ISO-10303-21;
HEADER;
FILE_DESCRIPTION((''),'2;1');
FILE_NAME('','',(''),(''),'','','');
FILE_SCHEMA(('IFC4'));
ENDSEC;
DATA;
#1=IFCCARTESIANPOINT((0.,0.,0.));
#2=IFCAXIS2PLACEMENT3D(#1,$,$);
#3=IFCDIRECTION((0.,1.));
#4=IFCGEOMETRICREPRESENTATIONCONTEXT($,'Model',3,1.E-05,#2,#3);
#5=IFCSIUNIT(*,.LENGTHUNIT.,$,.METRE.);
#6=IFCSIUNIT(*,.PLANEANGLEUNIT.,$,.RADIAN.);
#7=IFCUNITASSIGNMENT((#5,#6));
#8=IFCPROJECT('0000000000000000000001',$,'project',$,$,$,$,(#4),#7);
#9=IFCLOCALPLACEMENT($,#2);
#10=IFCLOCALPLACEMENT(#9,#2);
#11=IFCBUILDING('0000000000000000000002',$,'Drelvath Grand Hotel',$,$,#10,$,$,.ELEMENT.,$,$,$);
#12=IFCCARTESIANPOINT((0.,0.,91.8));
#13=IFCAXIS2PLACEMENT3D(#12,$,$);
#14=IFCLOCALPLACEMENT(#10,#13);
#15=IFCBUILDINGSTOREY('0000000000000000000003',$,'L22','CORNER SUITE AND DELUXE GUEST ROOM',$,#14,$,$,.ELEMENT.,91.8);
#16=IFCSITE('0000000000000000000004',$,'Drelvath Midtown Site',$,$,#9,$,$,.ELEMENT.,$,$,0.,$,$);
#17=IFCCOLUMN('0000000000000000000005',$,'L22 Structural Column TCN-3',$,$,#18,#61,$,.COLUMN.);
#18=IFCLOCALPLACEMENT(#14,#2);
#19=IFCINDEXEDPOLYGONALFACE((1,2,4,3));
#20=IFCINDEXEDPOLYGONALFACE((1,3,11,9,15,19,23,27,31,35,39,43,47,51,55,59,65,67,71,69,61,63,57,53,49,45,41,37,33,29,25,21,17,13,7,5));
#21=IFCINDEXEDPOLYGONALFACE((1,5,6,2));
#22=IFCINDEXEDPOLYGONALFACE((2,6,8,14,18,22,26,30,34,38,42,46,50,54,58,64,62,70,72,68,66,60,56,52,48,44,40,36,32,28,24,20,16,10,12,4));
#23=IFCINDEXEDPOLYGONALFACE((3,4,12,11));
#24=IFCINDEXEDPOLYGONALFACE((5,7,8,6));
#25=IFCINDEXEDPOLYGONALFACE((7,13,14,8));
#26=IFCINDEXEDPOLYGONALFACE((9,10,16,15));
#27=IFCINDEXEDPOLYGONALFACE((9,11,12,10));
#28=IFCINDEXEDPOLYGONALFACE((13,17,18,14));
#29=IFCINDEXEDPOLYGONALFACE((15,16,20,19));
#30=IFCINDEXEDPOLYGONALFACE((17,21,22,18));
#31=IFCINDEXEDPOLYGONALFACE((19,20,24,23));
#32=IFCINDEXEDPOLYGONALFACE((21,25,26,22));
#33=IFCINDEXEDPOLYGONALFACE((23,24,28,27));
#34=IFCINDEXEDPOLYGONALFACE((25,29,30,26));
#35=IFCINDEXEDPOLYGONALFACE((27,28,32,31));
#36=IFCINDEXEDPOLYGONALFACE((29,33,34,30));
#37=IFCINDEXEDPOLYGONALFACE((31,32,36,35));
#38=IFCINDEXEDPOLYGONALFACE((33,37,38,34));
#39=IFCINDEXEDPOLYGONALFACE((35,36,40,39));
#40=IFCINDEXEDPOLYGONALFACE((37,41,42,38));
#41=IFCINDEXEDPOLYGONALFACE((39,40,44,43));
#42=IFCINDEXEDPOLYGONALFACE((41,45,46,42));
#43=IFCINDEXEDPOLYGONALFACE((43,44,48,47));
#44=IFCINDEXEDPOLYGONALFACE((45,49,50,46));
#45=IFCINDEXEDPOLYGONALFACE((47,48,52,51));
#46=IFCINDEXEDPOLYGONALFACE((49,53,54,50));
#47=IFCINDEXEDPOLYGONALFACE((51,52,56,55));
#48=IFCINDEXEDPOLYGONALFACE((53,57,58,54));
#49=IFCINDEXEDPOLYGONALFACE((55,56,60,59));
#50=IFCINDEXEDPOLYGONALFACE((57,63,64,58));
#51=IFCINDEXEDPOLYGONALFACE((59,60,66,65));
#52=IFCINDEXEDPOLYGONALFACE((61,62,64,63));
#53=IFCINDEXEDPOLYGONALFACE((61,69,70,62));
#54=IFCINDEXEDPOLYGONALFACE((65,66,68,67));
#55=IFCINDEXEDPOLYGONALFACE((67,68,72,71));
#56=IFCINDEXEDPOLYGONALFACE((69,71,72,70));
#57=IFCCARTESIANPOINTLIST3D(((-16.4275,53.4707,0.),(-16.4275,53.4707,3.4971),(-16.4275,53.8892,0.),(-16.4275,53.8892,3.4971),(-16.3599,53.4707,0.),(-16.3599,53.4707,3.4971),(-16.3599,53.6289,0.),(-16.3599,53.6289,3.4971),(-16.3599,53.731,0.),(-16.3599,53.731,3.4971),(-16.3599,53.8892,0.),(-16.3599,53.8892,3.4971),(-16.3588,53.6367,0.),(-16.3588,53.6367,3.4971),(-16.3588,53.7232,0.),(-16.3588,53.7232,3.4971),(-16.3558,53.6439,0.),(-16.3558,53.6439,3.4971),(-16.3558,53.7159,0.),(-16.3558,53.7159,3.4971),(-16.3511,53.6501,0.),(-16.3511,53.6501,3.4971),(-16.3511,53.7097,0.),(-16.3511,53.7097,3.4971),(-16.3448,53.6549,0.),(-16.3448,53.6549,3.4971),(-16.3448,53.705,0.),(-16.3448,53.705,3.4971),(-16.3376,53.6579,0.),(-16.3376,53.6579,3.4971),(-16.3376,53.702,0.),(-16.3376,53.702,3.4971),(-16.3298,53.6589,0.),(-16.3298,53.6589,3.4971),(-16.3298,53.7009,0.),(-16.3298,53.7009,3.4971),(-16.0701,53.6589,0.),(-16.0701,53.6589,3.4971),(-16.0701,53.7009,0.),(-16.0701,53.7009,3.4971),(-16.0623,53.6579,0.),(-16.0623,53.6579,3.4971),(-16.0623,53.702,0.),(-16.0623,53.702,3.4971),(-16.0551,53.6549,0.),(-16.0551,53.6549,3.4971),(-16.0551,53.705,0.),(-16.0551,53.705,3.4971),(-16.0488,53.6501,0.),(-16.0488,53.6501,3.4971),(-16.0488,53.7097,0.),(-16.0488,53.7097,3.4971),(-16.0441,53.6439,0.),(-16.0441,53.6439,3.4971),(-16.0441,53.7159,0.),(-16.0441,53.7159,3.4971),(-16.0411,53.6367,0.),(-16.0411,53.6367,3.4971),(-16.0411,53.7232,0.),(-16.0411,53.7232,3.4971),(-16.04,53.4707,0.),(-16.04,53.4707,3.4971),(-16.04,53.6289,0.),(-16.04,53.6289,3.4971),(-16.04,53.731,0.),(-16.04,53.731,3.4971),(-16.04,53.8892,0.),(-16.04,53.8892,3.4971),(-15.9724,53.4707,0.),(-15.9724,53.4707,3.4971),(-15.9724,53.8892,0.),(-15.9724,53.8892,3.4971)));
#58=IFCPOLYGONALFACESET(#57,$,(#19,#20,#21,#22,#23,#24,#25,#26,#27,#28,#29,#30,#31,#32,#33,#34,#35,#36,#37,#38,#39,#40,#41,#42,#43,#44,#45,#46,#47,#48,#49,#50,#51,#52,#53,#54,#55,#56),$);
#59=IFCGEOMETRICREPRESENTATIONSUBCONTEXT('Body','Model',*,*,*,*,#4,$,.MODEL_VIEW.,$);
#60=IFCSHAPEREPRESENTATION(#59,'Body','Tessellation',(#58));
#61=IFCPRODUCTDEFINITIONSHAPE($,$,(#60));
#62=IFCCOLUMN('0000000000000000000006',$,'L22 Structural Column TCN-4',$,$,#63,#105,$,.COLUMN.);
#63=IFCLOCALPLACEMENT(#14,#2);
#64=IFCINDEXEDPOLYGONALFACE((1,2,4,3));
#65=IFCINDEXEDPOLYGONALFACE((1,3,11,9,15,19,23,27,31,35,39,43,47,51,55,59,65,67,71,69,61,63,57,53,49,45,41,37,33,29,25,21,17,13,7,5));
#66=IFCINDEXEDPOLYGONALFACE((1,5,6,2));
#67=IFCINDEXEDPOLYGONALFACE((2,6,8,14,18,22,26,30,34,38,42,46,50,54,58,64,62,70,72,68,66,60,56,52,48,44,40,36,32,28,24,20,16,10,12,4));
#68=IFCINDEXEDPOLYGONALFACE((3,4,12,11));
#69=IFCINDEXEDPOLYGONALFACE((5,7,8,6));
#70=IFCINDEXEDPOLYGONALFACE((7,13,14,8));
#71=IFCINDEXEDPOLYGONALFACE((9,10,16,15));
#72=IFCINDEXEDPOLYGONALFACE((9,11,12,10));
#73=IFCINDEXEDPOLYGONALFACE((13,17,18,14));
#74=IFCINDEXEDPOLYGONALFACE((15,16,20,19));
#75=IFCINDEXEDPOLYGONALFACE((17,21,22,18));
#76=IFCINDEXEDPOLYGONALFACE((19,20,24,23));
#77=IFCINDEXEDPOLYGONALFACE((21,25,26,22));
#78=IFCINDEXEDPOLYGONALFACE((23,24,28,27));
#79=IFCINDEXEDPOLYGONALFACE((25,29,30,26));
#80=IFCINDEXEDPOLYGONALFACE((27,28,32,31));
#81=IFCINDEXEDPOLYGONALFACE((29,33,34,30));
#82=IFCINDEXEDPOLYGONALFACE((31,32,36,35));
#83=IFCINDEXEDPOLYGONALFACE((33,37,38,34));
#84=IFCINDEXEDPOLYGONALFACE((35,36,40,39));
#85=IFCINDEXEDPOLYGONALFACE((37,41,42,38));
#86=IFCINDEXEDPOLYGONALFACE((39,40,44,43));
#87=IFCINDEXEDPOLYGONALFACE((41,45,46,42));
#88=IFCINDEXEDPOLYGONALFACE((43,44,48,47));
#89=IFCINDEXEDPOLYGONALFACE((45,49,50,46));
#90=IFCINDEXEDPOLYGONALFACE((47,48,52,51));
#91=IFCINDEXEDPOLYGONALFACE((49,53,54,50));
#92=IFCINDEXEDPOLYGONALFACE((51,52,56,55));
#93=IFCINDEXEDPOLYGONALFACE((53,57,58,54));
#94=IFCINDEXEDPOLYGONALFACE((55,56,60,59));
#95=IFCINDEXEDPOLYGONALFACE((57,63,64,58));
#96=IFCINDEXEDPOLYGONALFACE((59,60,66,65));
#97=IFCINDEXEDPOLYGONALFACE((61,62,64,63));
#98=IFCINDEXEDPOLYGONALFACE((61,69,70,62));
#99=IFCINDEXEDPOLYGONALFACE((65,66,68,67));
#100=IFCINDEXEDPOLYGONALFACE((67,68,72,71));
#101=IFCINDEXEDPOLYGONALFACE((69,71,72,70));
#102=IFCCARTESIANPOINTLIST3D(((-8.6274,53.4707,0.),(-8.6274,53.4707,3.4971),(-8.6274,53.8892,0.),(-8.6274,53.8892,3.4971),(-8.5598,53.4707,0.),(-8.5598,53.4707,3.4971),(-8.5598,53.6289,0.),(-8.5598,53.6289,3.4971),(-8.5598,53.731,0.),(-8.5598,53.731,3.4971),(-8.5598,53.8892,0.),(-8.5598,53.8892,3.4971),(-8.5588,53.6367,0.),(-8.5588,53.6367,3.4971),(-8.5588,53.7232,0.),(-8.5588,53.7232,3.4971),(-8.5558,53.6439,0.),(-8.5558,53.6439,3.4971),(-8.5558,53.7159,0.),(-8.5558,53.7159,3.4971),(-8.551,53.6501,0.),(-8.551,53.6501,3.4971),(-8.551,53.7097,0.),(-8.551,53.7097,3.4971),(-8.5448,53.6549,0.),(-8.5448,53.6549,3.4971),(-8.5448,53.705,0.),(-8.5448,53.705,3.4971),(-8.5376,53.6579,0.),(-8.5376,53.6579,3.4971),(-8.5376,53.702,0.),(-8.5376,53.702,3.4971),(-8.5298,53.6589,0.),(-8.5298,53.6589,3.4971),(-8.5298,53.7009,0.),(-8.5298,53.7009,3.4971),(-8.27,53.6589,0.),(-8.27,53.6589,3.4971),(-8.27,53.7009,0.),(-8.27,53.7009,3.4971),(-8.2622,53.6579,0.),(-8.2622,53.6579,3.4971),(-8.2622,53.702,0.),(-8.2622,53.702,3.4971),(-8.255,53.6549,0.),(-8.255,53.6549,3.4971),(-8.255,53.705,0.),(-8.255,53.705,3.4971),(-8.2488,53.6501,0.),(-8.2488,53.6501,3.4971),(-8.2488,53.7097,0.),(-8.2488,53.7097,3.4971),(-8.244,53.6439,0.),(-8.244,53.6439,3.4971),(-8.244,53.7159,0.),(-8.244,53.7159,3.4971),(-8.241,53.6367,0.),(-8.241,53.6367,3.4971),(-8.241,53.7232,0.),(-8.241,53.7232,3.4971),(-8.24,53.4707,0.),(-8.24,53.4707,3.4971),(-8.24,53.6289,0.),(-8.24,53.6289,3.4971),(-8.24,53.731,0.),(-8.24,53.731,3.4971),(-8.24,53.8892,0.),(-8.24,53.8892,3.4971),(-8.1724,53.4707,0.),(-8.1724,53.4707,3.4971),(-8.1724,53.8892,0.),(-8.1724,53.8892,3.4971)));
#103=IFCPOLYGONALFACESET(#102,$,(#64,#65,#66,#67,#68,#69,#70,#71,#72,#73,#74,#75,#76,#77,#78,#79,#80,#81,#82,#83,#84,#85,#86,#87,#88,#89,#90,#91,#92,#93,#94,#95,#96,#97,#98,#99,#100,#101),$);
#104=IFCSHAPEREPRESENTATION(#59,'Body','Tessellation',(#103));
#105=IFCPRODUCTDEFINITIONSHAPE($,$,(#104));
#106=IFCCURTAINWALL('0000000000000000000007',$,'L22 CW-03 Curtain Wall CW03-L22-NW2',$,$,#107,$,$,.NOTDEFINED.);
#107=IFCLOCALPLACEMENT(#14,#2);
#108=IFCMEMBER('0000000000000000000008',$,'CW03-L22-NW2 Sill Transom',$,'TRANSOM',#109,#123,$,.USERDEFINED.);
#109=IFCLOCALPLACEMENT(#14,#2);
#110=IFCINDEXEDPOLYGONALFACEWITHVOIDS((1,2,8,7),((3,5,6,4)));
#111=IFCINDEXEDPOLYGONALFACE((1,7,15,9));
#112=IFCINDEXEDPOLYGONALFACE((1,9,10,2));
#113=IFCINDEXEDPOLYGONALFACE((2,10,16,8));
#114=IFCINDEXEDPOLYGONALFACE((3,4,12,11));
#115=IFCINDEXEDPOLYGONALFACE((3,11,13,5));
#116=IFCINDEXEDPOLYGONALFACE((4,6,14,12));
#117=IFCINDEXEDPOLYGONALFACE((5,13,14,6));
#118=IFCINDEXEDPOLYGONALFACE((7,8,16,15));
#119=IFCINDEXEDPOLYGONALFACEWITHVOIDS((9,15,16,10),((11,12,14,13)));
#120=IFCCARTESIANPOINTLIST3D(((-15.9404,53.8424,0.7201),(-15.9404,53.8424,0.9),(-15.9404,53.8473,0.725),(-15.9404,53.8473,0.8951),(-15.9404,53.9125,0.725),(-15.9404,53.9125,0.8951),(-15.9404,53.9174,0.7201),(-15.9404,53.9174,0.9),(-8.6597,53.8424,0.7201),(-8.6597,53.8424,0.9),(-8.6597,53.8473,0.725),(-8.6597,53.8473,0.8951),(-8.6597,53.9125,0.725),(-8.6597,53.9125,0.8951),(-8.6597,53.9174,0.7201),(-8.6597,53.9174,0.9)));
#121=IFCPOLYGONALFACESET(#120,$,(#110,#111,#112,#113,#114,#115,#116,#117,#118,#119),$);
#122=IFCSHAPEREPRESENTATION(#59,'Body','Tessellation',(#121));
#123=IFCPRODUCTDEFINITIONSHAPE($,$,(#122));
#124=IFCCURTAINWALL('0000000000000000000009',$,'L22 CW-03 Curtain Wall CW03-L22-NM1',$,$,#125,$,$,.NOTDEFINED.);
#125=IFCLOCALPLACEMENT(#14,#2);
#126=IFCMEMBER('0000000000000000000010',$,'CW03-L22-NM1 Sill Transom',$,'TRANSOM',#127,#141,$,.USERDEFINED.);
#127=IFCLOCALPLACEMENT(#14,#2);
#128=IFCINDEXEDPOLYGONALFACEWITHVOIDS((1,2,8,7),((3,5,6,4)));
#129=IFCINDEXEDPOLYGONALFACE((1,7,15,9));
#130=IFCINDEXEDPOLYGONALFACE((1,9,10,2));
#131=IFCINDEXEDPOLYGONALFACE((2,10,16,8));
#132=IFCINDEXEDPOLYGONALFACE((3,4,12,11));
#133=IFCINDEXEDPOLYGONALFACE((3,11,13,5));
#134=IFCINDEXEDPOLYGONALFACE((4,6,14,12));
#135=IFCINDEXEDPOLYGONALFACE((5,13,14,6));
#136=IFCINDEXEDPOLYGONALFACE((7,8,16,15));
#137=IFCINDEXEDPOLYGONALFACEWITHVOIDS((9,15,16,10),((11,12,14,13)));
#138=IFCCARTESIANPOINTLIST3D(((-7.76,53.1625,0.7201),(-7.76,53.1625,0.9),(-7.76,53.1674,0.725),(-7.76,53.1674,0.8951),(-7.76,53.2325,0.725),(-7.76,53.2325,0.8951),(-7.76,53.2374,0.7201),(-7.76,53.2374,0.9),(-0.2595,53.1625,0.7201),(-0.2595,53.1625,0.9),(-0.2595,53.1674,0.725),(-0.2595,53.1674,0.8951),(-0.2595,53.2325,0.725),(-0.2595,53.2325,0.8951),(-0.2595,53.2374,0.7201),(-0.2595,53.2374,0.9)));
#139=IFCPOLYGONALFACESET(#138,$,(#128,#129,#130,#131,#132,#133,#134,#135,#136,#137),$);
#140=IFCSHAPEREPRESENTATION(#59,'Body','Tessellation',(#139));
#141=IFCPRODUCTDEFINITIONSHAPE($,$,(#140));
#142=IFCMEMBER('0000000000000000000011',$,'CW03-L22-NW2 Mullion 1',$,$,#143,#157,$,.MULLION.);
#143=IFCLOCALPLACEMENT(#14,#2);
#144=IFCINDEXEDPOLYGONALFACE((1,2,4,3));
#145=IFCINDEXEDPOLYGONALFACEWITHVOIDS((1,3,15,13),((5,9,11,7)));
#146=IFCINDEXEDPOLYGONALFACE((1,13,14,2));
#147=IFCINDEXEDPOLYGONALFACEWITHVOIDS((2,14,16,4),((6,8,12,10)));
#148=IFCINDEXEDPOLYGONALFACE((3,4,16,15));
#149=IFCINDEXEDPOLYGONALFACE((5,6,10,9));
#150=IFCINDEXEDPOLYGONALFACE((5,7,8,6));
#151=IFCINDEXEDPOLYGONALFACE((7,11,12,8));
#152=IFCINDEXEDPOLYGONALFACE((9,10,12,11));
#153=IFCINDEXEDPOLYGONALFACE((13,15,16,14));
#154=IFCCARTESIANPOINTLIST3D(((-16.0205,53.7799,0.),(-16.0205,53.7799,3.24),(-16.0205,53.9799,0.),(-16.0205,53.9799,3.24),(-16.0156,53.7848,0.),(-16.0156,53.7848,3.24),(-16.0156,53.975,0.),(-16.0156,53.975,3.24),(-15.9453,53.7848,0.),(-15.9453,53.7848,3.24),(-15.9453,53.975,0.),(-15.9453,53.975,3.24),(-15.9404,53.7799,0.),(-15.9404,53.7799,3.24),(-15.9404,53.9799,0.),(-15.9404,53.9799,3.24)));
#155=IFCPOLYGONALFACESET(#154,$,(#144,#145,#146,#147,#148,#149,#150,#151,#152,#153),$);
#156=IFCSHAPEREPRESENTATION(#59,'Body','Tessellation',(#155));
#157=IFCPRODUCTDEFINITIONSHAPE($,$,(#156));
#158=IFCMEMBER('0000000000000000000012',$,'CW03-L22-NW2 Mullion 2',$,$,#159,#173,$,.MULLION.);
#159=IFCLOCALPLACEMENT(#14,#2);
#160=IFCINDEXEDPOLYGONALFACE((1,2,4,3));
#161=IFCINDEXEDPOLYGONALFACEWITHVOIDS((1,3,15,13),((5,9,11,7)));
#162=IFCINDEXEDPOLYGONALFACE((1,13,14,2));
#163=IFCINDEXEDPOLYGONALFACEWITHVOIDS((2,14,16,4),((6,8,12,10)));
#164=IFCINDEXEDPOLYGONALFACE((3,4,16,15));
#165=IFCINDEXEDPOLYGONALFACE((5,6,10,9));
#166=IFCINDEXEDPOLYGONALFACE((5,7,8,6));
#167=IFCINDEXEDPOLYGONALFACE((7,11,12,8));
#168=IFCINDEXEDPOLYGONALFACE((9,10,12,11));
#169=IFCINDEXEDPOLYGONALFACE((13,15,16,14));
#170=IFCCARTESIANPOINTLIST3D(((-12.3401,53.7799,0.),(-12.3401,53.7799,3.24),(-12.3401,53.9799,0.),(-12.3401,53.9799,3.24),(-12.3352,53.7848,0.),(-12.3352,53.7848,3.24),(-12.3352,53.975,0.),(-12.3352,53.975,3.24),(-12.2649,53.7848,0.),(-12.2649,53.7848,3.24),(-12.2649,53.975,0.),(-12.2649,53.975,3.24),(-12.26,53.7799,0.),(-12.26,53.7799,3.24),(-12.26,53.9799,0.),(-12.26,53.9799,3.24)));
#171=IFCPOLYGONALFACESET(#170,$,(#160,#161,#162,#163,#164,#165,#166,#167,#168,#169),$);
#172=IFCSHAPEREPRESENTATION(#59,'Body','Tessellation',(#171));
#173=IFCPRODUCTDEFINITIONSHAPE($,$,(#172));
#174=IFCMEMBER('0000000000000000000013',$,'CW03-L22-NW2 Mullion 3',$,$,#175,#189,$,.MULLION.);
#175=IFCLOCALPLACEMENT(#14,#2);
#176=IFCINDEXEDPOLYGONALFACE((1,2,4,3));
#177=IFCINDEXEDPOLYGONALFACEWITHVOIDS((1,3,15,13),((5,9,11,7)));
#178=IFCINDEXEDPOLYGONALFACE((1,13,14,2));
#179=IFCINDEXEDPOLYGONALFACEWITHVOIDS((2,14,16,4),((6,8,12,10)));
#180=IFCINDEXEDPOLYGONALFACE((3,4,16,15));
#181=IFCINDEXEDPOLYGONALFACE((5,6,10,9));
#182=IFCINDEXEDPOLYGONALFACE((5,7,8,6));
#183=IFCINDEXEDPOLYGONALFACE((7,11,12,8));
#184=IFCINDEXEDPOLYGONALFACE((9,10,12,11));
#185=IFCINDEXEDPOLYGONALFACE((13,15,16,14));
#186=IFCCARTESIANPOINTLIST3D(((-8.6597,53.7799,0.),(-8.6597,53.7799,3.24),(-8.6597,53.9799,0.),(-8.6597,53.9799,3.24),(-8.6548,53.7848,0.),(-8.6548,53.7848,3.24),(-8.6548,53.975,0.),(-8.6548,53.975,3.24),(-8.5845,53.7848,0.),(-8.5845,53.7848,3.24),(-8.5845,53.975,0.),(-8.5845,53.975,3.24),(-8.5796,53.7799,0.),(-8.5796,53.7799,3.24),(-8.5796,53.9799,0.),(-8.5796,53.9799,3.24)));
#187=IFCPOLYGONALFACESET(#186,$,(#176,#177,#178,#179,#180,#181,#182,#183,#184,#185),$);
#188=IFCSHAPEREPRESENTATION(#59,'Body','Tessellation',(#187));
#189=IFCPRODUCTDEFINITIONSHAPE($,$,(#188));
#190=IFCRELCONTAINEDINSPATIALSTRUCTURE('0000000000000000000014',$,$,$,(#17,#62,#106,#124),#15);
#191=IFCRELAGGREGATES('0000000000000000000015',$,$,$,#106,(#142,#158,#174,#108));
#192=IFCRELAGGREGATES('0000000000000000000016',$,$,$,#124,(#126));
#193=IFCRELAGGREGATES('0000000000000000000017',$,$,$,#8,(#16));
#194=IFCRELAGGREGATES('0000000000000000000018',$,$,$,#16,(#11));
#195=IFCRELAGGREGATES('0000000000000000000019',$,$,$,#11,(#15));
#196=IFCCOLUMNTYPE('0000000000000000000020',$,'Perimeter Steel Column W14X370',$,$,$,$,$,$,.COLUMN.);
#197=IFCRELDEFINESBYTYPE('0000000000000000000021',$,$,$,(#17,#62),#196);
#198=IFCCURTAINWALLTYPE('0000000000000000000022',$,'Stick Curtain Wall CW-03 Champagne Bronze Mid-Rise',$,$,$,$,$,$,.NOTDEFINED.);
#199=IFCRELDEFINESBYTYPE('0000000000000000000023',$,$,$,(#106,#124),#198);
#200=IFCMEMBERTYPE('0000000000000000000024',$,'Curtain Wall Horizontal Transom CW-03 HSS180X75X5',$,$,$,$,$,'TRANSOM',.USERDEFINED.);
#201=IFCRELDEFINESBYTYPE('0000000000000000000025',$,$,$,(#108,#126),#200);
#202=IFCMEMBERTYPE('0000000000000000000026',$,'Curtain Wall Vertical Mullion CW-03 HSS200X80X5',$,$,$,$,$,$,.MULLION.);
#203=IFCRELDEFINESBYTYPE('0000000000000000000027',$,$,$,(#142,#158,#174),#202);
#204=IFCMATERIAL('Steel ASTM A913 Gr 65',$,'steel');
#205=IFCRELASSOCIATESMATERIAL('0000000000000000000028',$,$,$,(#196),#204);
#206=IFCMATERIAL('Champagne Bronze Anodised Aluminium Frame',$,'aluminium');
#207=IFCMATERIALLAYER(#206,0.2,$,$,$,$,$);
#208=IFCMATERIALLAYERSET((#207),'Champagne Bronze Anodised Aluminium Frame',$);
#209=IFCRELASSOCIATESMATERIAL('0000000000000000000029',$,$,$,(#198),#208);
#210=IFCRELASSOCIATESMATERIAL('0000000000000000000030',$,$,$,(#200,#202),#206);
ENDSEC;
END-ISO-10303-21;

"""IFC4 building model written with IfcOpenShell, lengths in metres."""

from ifc_helpers import new_model, si_unit, direction, frame, origin, origin_2d, place, context, subcontext, project, spatial, hollow_rectangle, i_section, extrude, material, layer, layer_set, material_profile, profile_set, type_object, element, aggregate, save


model = new_model("IFC4")

# Units and contexts
model_context = context("Model", 3, precision=1e-05, world=origin(), true_north=direction((0.0, 1.0)))
body_context = subcontext(model_context, "Body", "Model", "MODEL_VIEW")
ifc_project = project(units=[si_unit("LENGTHUNIT", "METRE"), si_unit("PLANEANGLEUNIT", "RADIAN")], contexts=[model_context])

# Site, building, storey
site_placement = place(None, origin())
site = spatial("IfcSite", under=ifc_project, at=site_placement, Name="Drelvath Midtown Site", CompositionType="ELEMENT", RefElevation=0.0)
building_placement = place(site_placement, origin())
building = spatial("IfcBuilding", under=site, at=building_placement, Name="Drelvath Grand Hotel", CompositionType="ELEMENT")
storey_placement = place(building_placement, frame((0.0, 0.0, 91.8)))
storey = spatial("IfcBuildingStorey", under=building, at=storey_placement, Name="L22", Description="CORNER SUITE AND DELUXE GUEST ROOM", CompositionType="ELEMENT", Elevation=91.8)

# Columns
ifc_material_1 = material(Name="Steel ASTM A913 Gr 65", Category="steel")
ifc_material_profile_1 = material_profile(ifc_material_1, i_section(OverallWidth=0.4185, OverallDepth=0.4551, WebThickness=0.042, FlangeThickness=0.0676, FilletRadius=0.03, at=origin_2d()), Name="W14X370")
ifc_profile_set_1 = profile_set([ifc_material_profile_1], Name="Steel ASTM A913 Gr 65")
column_type = type_object("IfcColumnType", Name="Perimeter Steel Column W14X370", PredefinedType="COLUMN", material=ifc_profile_set_1)
for number, where, z_axis, x_axis, name in (
    (1, (-16.2, 53.6799, 0.0), (0.0, 0.0, 1.0), (0.0, 1.0, 0.0), "L22 Structural Column TCN-3"),
    (2, (-8.3999, 53.6799, 0.0), (0.0, 0.0, 1.0), (0.0, 1.0, 0.0), "L22 Structural Column TCN-4"),
):
    element("IfcColumn", number, at=place(storey_placement, frame(where, z_axis=z_axis, x_axis=x_axis)), inside=storey, type_object=column_type, Name=name, PredefinedType="COLUMN", context=body_context, shape_type="SweptSolid", body=[
        extrude(i_section(OverallWidth=0.4185, OverallDepth=0.4551, WebThickness=0.042, FlangeThickness=0.0676, FilletRadius=0.03, at=origin_2d()), origin(), (0.0, 0.0, 1.0), 3.4971),
    ])

# Curtain walls, members
ifc_material_2 = material(Name="Champagne Bronze Anodised Aluminium Frame", Category="aluminium")
ifc_layer_1 = layer(ifc_material_2, 0.2)
ifc_layer_set_1 = layer_set([ifc_layer_1], Name="Champagne Bronze Anodised Aluminium Frame")
curtain_wall_type = type_object("IfcCurtainWallType", Name="Stick Curtain Wall CW-03 Champagne Bronze Mid-Rise", PredefinedType="NOTDEFINED", material=ifc_layer_set_1)
curtain_wall_1_placement = place(storey_placement, origin())
curtain_wall_1 = element("IfcCurtainWall", 3, at=curtain_wall_1_placement, inside=storey, type_object=curtain_wall_type, Name="L22 CW-03 Curtain Wall CW03-L22-NW2", PredefinedType="NOTDEFINED")
ifc_material_profile_2 = material_profile(ifc_material_2, hollow_rectangle(XDim=0.075, YDim=0.1799, WallThickness=0.0049, at=origin_2d()), Name="HSS180X75X5")
ifc_profile_set_2 = profile_set([ifc_material_profile_2], Name="Champagne Bronze Anodised Aluminium Frame")
member_type_1 = type_object("IfcMemberType", Name="Curtain Wall Horizontal Transom CW-03 HSS180X75X5", ElementType="TRANSOM", PredefinedType="USERDEFINED", material=ifc_profile_set_2)
member_1_placement = place(storey_placement, frame((-15.9404, 53.8799, 0.8101), z_axis=(1.0, 0.0, 0.0), x_axis=(0.0, 1.0, 0.0)))
member_1 = element("IfcMember", 4, at=member_1_placement, type_object=member_type_1, Name="CW03-L22-NW2 Sill Transom", ObjectType="TRANSOM", PredefinedType="USERDEFINED", context=body_context, shape_type="SweptSolid", body=[
    extrude(hollow_rectangle(XDim=0.075, YDim=0.1799, WallThickness=0.0049, at=origin_2d()), origin(), (0.0, 0.0, 1.0), 7.2808),
])
curtain_wall_2_placement = place(storey_placement, origin())
curtain_wall_2 = element("IfcCurtainWall", 5, at=curtain_wall_2_placement, inside=storey, type_object=curtain_wall_type, Name="L22 CW-03 Curtain Wall CW03-L22-NM1", PredefinedType="NOTDEFINED")
member_2_placement = place(storey_placement, frame((-7.76, 53.2, 0.8101), z_axis=(1.0, 0.0, 0.0), x_axis=(0.0, 1.0, 0.0)))
member_2 = element("IfcMember", 6, at=member_2_placement, type_object=member_type_1, Name="CW03-L22-NM1 Sill Transom", ObjectType="TRANSOM", PredefinedType="USERDEFINED", context=body_context, shape_type="SweptSolid", body=[
    extrude(hollow_rectangle(XDim=0.075, YDim=0.1799, WallThickness=0.0049, at=origin_2d()), origin(), (0.0, 0.0, 1.0), 7.5005),
])

# Members
ifc_material_profile_3 = material_profile(ifc_material_2, hollow_rectangle(XDim=0.0801, YDim=0.2, WallThickness=0.0049, at=origin_2d()), Name="HSS200X80X5")
ifc_profile_set_3 = profile_set([ifc_material_profile_3], Name="Champagne Bronze Anodised Aluminium Frame")
member_type_2 = type_object("IfcMemberType", Name="Curtain Wall Vertical Mullion CW-03 HSS200X80X5", PredefinedType="MULLION", material=ifc_profile_set_3)
member_3_placement = place(storey_placement, frame((-15.9805, 53.8799, 0.0), z_axis=(0.0, 0.0, 1.0), x_axis=(1.0, 0.0, 0.0)))
member_3 = element("IfcMember", 7, at=member_3_placement, type_object=member_type_2, Name="CW03-L22-NW2 Mullion 1", PredefinedType="MULLION", context=body_context, shape_type="SweptSolid", body=[
    extrude(hollow_rectangle(XDim=0.0801, YDim=0.2, WallThickness=0.0049, at=origin_2d()), origin(), (0.0, 0.0, 1.0), 3.24),
])
member_4_placement = place(storey_placement, frame((-12.3, 53.8799, 0.0), z_axis=(0.0, 0.0, 1.0), x_axis=(1.0, 0.0, 0.0)))
member_4 = element("IfcMember", 8, at=member_4_placement, type_object=member_type_2, Name="CW03-L22-NW2 Mullion 2", PredefinedType="MULLION", context=body_context, shape_type="SweptSolid", body=[
    extrude(hollow_rectangle(XDim=0.0801, YDim=0.2, WallThickness=0.0049, at=origin_2d()), origin(), (0.0, 0.0, 1.0), 3.24),
])
member_5_placement = place(storey_placement, frame((-8.6196, 53.8799, 0.0), z_axis=(0.0, 0.0, 1.0), x_axis=(1.0, 0.0, 0.0)))
member_5 = element("IfcMember", 9, at=member_5_placement, type_object=member_type_2, Name="CW03-L22-NW2 Mullion 3", PredefinedType="MULLION", context=body_context, shape_type="SweptSolid", body=[
    extrude(hollow_rectangle(XDim=0.0801, YDim=0.2, WallThickness=0.0049, at=origin_2d()), origin(), (0.0, 0.0, 1.0), 3.24),
])

aggregate(curtain_wall_1, [member_3, member_4, member_5, member_1])
aggregate(curtain_wall_2, [member_2])

save(model, "model.ifc")
